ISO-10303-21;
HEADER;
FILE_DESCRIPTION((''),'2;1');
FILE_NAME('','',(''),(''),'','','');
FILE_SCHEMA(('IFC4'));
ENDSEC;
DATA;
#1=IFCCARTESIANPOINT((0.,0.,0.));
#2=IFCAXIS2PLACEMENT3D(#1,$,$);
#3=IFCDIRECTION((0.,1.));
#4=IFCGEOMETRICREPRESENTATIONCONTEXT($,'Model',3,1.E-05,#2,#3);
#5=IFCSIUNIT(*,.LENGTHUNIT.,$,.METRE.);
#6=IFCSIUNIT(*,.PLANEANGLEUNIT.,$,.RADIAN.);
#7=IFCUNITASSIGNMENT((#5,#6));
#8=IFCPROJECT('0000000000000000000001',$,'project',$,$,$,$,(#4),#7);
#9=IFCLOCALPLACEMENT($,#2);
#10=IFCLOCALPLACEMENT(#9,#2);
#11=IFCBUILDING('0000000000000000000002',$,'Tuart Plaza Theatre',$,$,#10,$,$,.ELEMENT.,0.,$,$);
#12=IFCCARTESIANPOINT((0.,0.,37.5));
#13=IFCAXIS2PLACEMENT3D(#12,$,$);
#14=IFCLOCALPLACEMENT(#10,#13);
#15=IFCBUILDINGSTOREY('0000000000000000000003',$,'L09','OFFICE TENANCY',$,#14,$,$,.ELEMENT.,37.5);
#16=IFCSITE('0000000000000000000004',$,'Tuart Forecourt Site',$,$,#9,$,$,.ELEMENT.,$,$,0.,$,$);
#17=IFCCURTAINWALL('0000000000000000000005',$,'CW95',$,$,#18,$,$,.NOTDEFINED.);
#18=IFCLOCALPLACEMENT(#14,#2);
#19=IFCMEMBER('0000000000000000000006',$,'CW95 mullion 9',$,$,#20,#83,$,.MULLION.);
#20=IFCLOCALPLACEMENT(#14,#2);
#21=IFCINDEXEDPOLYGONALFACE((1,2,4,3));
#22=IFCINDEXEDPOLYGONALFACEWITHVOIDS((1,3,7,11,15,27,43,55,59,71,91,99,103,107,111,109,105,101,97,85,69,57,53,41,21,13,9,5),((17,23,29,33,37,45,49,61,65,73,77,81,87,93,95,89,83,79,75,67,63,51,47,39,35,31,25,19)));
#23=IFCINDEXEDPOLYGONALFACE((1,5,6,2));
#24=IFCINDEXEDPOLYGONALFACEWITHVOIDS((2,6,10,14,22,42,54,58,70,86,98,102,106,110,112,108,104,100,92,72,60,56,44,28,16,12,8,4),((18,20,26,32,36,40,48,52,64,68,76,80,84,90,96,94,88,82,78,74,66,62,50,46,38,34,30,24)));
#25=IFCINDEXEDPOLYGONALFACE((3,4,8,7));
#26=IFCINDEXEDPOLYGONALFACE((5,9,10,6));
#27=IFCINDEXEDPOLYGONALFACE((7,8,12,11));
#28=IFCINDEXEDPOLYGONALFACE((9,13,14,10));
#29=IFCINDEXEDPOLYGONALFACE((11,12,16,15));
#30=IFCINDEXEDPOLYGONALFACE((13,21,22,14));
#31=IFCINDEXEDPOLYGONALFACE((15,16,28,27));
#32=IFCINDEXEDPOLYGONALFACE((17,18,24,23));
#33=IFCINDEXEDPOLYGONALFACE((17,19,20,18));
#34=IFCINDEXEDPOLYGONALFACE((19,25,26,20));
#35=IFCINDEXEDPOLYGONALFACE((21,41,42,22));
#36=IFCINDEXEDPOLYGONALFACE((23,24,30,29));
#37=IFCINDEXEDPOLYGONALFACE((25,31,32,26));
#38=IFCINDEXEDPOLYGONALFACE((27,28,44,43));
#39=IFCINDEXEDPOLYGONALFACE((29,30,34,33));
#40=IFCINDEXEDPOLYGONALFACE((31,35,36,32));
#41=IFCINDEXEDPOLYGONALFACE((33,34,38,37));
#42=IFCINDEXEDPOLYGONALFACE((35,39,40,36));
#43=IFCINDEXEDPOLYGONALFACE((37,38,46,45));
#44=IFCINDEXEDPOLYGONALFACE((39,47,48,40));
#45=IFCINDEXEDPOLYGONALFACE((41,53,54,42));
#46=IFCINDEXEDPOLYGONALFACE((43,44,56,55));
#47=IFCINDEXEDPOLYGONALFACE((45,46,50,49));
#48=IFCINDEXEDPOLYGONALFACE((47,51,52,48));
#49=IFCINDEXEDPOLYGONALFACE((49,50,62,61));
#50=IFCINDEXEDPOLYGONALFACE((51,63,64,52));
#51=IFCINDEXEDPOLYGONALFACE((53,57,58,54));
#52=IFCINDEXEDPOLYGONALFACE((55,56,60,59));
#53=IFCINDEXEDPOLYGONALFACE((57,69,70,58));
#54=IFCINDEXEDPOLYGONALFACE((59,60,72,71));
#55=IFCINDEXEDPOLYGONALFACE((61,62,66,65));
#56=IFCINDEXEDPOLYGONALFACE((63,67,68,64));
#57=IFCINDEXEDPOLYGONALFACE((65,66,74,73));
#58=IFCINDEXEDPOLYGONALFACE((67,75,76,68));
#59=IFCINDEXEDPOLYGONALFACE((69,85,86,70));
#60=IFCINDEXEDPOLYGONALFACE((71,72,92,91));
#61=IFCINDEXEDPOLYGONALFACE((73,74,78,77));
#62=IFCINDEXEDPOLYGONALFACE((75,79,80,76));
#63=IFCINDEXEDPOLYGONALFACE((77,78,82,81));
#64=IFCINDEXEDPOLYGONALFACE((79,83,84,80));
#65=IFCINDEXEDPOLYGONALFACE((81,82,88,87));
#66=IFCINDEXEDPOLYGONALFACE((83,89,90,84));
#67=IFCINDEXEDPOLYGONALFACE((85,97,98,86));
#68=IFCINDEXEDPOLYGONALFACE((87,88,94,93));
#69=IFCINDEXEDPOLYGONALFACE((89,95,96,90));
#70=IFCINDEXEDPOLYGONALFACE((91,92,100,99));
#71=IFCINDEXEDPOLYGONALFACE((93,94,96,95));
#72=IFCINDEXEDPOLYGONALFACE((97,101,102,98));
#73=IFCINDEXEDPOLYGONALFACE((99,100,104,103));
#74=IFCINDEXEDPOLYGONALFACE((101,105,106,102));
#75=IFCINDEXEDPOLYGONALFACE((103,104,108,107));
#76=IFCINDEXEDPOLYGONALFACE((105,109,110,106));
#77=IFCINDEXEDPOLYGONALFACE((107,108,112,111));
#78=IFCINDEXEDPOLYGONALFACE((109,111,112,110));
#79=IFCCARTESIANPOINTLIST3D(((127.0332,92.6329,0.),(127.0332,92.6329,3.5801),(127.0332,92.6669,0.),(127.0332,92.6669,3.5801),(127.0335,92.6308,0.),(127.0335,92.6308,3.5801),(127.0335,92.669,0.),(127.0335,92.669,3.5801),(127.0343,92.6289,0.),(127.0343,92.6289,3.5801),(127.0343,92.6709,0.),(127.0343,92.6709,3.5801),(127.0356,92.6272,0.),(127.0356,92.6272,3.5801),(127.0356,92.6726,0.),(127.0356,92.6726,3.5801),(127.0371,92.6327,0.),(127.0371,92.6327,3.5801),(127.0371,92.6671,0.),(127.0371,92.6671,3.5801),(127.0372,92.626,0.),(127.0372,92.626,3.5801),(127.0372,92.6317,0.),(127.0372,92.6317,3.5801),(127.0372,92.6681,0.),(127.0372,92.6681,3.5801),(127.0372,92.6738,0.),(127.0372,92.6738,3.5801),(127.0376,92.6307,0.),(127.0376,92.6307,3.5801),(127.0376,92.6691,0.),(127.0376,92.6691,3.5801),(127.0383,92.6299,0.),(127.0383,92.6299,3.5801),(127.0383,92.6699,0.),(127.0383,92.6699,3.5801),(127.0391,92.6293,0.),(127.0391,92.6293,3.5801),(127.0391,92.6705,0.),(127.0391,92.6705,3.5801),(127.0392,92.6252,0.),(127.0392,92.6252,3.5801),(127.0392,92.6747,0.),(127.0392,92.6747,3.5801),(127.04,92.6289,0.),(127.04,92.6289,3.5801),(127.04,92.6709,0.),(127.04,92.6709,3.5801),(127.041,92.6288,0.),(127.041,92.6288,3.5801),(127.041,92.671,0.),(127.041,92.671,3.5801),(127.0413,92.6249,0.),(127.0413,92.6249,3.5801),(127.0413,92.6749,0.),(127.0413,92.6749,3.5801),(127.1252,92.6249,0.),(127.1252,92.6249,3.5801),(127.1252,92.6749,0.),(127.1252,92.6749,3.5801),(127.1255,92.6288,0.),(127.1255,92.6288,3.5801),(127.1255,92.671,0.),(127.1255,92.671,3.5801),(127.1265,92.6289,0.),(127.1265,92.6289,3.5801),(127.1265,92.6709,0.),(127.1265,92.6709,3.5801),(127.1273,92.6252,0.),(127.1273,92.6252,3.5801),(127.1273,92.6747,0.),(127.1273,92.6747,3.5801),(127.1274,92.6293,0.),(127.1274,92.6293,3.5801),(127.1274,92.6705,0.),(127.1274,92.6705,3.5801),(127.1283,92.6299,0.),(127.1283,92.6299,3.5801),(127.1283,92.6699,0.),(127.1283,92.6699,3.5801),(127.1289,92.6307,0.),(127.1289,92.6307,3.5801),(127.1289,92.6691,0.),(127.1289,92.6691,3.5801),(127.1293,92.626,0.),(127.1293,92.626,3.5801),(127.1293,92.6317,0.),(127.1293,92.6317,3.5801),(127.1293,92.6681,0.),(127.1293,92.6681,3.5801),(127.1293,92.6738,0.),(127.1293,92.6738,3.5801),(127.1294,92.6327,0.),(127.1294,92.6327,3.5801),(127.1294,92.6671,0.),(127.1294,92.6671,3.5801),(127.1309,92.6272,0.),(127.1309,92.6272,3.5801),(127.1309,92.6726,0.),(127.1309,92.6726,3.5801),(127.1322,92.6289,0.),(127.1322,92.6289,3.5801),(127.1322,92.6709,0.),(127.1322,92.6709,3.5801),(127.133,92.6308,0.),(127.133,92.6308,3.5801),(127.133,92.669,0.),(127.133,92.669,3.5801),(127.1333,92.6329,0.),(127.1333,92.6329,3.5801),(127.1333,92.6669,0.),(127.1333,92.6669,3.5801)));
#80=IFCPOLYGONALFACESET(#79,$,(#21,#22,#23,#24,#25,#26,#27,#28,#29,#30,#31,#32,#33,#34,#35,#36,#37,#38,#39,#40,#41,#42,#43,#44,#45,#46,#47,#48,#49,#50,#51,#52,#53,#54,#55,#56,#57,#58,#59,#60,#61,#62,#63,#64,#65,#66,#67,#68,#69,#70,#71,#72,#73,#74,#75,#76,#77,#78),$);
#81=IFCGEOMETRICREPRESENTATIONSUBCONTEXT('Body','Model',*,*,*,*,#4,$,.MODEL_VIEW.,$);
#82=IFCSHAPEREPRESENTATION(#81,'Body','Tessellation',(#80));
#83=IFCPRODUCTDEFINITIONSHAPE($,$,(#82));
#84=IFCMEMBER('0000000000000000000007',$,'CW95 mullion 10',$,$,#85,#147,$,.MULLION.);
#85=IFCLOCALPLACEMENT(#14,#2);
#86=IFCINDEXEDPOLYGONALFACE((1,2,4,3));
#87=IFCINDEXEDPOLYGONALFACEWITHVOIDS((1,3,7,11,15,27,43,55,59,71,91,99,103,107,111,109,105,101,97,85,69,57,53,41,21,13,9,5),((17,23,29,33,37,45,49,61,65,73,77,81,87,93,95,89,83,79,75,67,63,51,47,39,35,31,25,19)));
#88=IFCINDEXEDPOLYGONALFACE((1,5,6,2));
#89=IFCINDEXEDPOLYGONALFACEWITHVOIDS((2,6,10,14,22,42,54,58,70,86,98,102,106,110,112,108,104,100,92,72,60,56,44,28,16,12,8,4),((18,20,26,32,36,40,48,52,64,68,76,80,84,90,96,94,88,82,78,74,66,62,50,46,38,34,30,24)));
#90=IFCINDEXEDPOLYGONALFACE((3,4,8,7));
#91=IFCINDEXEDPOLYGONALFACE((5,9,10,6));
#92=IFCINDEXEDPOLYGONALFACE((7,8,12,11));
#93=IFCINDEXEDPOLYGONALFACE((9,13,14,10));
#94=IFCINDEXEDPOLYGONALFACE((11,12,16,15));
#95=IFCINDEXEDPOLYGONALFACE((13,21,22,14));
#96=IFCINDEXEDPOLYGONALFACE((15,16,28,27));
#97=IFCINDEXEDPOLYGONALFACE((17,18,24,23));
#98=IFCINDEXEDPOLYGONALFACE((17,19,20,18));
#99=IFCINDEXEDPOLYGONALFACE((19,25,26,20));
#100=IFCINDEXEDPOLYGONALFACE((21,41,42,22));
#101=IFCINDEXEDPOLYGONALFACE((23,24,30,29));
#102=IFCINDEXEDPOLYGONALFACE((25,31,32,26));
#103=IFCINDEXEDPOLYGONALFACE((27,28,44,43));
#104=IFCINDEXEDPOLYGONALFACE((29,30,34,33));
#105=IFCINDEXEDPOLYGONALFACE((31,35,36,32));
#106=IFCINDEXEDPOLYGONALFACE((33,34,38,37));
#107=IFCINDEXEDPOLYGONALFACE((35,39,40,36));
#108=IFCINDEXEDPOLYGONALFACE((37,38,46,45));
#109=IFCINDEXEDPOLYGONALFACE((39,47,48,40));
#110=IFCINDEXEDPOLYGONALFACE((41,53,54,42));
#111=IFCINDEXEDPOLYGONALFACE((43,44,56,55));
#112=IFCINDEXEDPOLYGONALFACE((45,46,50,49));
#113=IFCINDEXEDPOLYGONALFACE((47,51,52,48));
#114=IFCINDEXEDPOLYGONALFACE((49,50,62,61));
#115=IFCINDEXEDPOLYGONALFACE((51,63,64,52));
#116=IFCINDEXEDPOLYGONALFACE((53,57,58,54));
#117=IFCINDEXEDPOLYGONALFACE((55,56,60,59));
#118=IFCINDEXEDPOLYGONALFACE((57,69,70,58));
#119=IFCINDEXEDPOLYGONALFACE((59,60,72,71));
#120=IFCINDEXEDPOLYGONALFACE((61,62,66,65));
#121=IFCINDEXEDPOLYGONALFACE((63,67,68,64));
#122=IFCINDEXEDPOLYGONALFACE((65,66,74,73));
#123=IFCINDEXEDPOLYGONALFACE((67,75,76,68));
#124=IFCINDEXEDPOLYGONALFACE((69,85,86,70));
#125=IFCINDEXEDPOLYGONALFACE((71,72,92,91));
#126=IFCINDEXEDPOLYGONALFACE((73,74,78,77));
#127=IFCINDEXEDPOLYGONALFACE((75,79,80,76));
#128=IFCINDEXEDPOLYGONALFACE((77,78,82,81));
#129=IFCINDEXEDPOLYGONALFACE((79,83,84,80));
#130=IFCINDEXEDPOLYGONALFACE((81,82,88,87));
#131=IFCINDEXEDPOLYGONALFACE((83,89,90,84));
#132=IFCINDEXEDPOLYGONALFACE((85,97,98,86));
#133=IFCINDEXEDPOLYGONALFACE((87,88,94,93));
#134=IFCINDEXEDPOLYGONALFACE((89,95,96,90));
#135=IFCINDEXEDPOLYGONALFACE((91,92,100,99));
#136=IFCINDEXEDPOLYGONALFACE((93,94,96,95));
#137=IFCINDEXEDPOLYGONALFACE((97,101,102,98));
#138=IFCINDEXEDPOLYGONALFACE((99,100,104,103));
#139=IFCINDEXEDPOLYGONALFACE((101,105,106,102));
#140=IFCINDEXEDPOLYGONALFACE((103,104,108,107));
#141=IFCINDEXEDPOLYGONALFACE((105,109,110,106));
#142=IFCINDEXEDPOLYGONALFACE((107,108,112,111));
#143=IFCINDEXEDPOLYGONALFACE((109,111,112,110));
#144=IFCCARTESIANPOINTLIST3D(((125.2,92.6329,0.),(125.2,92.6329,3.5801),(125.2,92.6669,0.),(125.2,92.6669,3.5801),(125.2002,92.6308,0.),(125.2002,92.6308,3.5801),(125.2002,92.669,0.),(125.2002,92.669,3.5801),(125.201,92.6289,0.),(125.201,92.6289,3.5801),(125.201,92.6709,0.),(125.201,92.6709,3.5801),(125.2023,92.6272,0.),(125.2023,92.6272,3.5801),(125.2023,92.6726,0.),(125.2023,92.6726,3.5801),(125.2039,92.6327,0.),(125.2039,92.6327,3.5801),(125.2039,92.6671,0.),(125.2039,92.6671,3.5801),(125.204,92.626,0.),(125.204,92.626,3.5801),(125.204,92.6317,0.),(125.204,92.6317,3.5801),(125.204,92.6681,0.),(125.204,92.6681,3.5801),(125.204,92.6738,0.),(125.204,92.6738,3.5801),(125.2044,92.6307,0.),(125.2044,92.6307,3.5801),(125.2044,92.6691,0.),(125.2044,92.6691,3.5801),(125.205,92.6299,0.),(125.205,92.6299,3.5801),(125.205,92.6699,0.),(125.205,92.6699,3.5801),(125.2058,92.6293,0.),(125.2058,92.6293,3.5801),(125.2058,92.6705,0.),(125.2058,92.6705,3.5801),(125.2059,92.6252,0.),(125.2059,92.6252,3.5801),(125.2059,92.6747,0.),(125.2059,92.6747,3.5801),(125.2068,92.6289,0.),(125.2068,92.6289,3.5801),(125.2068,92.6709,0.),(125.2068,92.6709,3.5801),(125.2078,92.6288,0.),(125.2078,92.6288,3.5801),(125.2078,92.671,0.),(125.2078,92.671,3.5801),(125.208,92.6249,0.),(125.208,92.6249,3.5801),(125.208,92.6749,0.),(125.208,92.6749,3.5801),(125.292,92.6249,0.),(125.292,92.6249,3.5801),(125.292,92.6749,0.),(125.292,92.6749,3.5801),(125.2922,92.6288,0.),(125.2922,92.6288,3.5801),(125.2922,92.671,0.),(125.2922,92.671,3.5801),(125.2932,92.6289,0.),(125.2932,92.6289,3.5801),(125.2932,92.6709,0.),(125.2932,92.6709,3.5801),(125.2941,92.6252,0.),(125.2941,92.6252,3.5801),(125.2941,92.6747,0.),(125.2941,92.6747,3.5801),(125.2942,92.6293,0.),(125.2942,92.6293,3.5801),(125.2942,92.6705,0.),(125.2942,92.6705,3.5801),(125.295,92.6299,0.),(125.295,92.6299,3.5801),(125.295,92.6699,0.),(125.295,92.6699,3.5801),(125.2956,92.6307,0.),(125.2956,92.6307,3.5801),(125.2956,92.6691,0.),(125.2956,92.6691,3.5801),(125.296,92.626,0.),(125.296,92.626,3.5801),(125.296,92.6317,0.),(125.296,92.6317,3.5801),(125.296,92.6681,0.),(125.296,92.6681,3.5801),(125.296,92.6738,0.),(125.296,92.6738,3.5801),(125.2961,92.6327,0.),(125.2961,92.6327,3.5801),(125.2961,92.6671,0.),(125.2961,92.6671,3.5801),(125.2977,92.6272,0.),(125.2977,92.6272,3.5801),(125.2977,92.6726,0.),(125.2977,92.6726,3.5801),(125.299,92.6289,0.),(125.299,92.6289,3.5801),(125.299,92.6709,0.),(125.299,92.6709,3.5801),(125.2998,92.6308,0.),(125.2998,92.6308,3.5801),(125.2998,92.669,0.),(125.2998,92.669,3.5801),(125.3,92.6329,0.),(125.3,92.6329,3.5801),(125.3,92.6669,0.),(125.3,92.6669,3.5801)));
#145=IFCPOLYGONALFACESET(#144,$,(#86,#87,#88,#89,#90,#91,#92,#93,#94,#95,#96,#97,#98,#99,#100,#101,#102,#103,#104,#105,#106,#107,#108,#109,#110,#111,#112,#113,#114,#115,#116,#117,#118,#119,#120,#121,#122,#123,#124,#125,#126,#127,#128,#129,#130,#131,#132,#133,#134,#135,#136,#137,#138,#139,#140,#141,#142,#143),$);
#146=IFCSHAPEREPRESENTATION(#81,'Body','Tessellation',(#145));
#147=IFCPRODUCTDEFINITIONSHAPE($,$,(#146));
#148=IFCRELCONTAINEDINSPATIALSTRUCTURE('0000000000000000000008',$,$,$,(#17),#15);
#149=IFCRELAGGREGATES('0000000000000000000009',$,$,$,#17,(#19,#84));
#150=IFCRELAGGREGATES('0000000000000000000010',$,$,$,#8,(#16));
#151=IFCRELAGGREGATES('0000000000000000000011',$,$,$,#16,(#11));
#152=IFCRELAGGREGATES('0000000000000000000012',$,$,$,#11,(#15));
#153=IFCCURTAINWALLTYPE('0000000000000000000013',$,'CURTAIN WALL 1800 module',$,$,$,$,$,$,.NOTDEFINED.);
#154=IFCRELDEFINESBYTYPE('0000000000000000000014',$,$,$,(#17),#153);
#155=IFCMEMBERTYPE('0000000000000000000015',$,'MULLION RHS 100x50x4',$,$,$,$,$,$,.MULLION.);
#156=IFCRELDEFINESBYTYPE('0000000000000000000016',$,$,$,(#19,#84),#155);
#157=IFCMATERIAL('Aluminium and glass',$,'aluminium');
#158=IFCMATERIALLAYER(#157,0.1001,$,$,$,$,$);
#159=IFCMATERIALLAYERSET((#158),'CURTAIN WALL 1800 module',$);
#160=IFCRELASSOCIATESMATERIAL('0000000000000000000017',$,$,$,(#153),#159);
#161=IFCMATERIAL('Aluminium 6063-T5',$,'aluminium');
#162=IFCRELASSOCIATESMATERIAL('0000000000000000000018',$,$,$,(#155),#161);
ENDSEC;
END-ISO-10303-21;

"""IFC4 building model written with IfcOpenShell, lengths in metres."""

from ifc_helpers import new_model, si_unit, direction, frame, origin, origin_2d, place, context, subcontext, project, spatial, hollow_rectangle, extrude, material, layer, layer_set, material_profile, profile_set, type_object, element, aggregate, save


model = new_model("IFC4")

# Units and contexts
model_context = context("Model", 3, precision=1e-05, world=origin(), true_north=direction((0.0, 1.0)))
body_context = subcontext(model_context, "Body", "Model", "MODEL_VIEW")
ifc_project = project(units=[si_unit("LENGTHUNIT", "METRE"), si_unit("PLANEANGLEUNIT", "RADIAN")], contexts=[model_context])

# Site, building, storey
site_placement = place(None, origin())
site = spatial("IfcSite", under=ifc_project, at=site_placement, Name="Tuart Forecourt Site", CompositionType="ELEMENT", RefElevation=0.0)
building_placement = place(site_placement, origin())
building = spatial("IfcBuilding", under=site, at=building_placement, Name="Tuart Plaza Theatre", CompositionType="ELEMENT", ElevationOfRefHeight=0.0)
storey_placement = place(building_placement, frame((0.0, 0.0, 37.5)))
storey = spatial("IfcBuildingStorey", under=building, at=storey_placement, Name="L09", Description="OFFICE TENANCY", CompositionType="ELEMENT", Elevation=37.5)

# Curtain wall, members
ifc_material_1 = material(Name="Aluminium and glass", Category="aluminium")
ifc_layer_1 = layer(ifc_material_1, 0.1001)
ifc_layer_set_1 = layer_set([ifc_layer_1], Name="CURTAIN WALL 1800 module")
curtain_wall_type = type_object("IfcCurtainWallType", Name="CURTAIN WALL 1800 module", PredefinedType="NOTDEFINED", material=ifc_layer_set_1)
curtain_wall_placement = place(storey_placement, origin())
curtain_wall = element("IfcCurtainWall", 1, at=curtain_wall_placement, inside=storey, type_object=curtain_wall_type, Name="CW95", PredefinedType="NOTDEFINED")
ifc_material_2 = material(Name="Aluminium 6063-T5", Category="aluminium")
ifc_material_profile_1 = material_profile(ifc_material_2, hollow_rectangle(XDim=0.05, YDim=0.1001, WallThickness=0.0039, InnerFilletRadius=0.0039, OuterFilletRadius=0.0081, at=origin_2d()), Name="RHS 100x50x4")
ifc_profile_set_1 = profile_set([ifc_material_profile_1], Name="Aluminium 6063-T5")
member_type_1 = type_object("IfcMemberType", Name="MULLION RHS 100x50x4", PredefinedType="MULLION", material=ifc_profile_set_1)
member_1_placement = place(storey_placement, frame((127.0833, 92.6499, 0.0), z_axis=(0.0, 0.0, 1.0), x_axis=(0.0, -1.0, 0.0)))
member_1 = element("IfcMember", 2, at=member_1_placement, type_object=member_type_1, Name="CW95 mullion 9", PredefinedType="MULLION", context=body_context, shape_type="SweptSolid", body=[
    extrude(hollow_rectangle(XDim=0.05, YDim=0.1001, WallThickness=0.0039, InnerFilletRadius=0.0039, OuterFilletRadius=0.0081, at=origin_2d()), origin(), (0.0, 0.0, 1.0), 3.5801),
])
member_2_placement = place(storey_placement, frame((125.25, 92.6499, 0.0), z_axis=(0.0, 0.0, 1.0), x_axis=(0.0, -1.0, 0.0)))
member_2 = element("IfcMember", 3, at=member_2_placement, type_object=member_type_1, Name="CW95 mullion 10", PredefinedType="MULLION", context=body_context, shape_type="SweptSolid", body=[
    extrude(hollow_rectangle(XDim=0.05, YDim=0.1001, WallThickness=0.0039, InnerFilletRadius=0.0039, OuterFilletRadius=0.0081, at=origin_2d()), origin(), (0.0, 0.0, 1.0), 3.5801),
])
aggregate(curtain_wall, [member_1, member_2])

save(model, "model.ifc")
